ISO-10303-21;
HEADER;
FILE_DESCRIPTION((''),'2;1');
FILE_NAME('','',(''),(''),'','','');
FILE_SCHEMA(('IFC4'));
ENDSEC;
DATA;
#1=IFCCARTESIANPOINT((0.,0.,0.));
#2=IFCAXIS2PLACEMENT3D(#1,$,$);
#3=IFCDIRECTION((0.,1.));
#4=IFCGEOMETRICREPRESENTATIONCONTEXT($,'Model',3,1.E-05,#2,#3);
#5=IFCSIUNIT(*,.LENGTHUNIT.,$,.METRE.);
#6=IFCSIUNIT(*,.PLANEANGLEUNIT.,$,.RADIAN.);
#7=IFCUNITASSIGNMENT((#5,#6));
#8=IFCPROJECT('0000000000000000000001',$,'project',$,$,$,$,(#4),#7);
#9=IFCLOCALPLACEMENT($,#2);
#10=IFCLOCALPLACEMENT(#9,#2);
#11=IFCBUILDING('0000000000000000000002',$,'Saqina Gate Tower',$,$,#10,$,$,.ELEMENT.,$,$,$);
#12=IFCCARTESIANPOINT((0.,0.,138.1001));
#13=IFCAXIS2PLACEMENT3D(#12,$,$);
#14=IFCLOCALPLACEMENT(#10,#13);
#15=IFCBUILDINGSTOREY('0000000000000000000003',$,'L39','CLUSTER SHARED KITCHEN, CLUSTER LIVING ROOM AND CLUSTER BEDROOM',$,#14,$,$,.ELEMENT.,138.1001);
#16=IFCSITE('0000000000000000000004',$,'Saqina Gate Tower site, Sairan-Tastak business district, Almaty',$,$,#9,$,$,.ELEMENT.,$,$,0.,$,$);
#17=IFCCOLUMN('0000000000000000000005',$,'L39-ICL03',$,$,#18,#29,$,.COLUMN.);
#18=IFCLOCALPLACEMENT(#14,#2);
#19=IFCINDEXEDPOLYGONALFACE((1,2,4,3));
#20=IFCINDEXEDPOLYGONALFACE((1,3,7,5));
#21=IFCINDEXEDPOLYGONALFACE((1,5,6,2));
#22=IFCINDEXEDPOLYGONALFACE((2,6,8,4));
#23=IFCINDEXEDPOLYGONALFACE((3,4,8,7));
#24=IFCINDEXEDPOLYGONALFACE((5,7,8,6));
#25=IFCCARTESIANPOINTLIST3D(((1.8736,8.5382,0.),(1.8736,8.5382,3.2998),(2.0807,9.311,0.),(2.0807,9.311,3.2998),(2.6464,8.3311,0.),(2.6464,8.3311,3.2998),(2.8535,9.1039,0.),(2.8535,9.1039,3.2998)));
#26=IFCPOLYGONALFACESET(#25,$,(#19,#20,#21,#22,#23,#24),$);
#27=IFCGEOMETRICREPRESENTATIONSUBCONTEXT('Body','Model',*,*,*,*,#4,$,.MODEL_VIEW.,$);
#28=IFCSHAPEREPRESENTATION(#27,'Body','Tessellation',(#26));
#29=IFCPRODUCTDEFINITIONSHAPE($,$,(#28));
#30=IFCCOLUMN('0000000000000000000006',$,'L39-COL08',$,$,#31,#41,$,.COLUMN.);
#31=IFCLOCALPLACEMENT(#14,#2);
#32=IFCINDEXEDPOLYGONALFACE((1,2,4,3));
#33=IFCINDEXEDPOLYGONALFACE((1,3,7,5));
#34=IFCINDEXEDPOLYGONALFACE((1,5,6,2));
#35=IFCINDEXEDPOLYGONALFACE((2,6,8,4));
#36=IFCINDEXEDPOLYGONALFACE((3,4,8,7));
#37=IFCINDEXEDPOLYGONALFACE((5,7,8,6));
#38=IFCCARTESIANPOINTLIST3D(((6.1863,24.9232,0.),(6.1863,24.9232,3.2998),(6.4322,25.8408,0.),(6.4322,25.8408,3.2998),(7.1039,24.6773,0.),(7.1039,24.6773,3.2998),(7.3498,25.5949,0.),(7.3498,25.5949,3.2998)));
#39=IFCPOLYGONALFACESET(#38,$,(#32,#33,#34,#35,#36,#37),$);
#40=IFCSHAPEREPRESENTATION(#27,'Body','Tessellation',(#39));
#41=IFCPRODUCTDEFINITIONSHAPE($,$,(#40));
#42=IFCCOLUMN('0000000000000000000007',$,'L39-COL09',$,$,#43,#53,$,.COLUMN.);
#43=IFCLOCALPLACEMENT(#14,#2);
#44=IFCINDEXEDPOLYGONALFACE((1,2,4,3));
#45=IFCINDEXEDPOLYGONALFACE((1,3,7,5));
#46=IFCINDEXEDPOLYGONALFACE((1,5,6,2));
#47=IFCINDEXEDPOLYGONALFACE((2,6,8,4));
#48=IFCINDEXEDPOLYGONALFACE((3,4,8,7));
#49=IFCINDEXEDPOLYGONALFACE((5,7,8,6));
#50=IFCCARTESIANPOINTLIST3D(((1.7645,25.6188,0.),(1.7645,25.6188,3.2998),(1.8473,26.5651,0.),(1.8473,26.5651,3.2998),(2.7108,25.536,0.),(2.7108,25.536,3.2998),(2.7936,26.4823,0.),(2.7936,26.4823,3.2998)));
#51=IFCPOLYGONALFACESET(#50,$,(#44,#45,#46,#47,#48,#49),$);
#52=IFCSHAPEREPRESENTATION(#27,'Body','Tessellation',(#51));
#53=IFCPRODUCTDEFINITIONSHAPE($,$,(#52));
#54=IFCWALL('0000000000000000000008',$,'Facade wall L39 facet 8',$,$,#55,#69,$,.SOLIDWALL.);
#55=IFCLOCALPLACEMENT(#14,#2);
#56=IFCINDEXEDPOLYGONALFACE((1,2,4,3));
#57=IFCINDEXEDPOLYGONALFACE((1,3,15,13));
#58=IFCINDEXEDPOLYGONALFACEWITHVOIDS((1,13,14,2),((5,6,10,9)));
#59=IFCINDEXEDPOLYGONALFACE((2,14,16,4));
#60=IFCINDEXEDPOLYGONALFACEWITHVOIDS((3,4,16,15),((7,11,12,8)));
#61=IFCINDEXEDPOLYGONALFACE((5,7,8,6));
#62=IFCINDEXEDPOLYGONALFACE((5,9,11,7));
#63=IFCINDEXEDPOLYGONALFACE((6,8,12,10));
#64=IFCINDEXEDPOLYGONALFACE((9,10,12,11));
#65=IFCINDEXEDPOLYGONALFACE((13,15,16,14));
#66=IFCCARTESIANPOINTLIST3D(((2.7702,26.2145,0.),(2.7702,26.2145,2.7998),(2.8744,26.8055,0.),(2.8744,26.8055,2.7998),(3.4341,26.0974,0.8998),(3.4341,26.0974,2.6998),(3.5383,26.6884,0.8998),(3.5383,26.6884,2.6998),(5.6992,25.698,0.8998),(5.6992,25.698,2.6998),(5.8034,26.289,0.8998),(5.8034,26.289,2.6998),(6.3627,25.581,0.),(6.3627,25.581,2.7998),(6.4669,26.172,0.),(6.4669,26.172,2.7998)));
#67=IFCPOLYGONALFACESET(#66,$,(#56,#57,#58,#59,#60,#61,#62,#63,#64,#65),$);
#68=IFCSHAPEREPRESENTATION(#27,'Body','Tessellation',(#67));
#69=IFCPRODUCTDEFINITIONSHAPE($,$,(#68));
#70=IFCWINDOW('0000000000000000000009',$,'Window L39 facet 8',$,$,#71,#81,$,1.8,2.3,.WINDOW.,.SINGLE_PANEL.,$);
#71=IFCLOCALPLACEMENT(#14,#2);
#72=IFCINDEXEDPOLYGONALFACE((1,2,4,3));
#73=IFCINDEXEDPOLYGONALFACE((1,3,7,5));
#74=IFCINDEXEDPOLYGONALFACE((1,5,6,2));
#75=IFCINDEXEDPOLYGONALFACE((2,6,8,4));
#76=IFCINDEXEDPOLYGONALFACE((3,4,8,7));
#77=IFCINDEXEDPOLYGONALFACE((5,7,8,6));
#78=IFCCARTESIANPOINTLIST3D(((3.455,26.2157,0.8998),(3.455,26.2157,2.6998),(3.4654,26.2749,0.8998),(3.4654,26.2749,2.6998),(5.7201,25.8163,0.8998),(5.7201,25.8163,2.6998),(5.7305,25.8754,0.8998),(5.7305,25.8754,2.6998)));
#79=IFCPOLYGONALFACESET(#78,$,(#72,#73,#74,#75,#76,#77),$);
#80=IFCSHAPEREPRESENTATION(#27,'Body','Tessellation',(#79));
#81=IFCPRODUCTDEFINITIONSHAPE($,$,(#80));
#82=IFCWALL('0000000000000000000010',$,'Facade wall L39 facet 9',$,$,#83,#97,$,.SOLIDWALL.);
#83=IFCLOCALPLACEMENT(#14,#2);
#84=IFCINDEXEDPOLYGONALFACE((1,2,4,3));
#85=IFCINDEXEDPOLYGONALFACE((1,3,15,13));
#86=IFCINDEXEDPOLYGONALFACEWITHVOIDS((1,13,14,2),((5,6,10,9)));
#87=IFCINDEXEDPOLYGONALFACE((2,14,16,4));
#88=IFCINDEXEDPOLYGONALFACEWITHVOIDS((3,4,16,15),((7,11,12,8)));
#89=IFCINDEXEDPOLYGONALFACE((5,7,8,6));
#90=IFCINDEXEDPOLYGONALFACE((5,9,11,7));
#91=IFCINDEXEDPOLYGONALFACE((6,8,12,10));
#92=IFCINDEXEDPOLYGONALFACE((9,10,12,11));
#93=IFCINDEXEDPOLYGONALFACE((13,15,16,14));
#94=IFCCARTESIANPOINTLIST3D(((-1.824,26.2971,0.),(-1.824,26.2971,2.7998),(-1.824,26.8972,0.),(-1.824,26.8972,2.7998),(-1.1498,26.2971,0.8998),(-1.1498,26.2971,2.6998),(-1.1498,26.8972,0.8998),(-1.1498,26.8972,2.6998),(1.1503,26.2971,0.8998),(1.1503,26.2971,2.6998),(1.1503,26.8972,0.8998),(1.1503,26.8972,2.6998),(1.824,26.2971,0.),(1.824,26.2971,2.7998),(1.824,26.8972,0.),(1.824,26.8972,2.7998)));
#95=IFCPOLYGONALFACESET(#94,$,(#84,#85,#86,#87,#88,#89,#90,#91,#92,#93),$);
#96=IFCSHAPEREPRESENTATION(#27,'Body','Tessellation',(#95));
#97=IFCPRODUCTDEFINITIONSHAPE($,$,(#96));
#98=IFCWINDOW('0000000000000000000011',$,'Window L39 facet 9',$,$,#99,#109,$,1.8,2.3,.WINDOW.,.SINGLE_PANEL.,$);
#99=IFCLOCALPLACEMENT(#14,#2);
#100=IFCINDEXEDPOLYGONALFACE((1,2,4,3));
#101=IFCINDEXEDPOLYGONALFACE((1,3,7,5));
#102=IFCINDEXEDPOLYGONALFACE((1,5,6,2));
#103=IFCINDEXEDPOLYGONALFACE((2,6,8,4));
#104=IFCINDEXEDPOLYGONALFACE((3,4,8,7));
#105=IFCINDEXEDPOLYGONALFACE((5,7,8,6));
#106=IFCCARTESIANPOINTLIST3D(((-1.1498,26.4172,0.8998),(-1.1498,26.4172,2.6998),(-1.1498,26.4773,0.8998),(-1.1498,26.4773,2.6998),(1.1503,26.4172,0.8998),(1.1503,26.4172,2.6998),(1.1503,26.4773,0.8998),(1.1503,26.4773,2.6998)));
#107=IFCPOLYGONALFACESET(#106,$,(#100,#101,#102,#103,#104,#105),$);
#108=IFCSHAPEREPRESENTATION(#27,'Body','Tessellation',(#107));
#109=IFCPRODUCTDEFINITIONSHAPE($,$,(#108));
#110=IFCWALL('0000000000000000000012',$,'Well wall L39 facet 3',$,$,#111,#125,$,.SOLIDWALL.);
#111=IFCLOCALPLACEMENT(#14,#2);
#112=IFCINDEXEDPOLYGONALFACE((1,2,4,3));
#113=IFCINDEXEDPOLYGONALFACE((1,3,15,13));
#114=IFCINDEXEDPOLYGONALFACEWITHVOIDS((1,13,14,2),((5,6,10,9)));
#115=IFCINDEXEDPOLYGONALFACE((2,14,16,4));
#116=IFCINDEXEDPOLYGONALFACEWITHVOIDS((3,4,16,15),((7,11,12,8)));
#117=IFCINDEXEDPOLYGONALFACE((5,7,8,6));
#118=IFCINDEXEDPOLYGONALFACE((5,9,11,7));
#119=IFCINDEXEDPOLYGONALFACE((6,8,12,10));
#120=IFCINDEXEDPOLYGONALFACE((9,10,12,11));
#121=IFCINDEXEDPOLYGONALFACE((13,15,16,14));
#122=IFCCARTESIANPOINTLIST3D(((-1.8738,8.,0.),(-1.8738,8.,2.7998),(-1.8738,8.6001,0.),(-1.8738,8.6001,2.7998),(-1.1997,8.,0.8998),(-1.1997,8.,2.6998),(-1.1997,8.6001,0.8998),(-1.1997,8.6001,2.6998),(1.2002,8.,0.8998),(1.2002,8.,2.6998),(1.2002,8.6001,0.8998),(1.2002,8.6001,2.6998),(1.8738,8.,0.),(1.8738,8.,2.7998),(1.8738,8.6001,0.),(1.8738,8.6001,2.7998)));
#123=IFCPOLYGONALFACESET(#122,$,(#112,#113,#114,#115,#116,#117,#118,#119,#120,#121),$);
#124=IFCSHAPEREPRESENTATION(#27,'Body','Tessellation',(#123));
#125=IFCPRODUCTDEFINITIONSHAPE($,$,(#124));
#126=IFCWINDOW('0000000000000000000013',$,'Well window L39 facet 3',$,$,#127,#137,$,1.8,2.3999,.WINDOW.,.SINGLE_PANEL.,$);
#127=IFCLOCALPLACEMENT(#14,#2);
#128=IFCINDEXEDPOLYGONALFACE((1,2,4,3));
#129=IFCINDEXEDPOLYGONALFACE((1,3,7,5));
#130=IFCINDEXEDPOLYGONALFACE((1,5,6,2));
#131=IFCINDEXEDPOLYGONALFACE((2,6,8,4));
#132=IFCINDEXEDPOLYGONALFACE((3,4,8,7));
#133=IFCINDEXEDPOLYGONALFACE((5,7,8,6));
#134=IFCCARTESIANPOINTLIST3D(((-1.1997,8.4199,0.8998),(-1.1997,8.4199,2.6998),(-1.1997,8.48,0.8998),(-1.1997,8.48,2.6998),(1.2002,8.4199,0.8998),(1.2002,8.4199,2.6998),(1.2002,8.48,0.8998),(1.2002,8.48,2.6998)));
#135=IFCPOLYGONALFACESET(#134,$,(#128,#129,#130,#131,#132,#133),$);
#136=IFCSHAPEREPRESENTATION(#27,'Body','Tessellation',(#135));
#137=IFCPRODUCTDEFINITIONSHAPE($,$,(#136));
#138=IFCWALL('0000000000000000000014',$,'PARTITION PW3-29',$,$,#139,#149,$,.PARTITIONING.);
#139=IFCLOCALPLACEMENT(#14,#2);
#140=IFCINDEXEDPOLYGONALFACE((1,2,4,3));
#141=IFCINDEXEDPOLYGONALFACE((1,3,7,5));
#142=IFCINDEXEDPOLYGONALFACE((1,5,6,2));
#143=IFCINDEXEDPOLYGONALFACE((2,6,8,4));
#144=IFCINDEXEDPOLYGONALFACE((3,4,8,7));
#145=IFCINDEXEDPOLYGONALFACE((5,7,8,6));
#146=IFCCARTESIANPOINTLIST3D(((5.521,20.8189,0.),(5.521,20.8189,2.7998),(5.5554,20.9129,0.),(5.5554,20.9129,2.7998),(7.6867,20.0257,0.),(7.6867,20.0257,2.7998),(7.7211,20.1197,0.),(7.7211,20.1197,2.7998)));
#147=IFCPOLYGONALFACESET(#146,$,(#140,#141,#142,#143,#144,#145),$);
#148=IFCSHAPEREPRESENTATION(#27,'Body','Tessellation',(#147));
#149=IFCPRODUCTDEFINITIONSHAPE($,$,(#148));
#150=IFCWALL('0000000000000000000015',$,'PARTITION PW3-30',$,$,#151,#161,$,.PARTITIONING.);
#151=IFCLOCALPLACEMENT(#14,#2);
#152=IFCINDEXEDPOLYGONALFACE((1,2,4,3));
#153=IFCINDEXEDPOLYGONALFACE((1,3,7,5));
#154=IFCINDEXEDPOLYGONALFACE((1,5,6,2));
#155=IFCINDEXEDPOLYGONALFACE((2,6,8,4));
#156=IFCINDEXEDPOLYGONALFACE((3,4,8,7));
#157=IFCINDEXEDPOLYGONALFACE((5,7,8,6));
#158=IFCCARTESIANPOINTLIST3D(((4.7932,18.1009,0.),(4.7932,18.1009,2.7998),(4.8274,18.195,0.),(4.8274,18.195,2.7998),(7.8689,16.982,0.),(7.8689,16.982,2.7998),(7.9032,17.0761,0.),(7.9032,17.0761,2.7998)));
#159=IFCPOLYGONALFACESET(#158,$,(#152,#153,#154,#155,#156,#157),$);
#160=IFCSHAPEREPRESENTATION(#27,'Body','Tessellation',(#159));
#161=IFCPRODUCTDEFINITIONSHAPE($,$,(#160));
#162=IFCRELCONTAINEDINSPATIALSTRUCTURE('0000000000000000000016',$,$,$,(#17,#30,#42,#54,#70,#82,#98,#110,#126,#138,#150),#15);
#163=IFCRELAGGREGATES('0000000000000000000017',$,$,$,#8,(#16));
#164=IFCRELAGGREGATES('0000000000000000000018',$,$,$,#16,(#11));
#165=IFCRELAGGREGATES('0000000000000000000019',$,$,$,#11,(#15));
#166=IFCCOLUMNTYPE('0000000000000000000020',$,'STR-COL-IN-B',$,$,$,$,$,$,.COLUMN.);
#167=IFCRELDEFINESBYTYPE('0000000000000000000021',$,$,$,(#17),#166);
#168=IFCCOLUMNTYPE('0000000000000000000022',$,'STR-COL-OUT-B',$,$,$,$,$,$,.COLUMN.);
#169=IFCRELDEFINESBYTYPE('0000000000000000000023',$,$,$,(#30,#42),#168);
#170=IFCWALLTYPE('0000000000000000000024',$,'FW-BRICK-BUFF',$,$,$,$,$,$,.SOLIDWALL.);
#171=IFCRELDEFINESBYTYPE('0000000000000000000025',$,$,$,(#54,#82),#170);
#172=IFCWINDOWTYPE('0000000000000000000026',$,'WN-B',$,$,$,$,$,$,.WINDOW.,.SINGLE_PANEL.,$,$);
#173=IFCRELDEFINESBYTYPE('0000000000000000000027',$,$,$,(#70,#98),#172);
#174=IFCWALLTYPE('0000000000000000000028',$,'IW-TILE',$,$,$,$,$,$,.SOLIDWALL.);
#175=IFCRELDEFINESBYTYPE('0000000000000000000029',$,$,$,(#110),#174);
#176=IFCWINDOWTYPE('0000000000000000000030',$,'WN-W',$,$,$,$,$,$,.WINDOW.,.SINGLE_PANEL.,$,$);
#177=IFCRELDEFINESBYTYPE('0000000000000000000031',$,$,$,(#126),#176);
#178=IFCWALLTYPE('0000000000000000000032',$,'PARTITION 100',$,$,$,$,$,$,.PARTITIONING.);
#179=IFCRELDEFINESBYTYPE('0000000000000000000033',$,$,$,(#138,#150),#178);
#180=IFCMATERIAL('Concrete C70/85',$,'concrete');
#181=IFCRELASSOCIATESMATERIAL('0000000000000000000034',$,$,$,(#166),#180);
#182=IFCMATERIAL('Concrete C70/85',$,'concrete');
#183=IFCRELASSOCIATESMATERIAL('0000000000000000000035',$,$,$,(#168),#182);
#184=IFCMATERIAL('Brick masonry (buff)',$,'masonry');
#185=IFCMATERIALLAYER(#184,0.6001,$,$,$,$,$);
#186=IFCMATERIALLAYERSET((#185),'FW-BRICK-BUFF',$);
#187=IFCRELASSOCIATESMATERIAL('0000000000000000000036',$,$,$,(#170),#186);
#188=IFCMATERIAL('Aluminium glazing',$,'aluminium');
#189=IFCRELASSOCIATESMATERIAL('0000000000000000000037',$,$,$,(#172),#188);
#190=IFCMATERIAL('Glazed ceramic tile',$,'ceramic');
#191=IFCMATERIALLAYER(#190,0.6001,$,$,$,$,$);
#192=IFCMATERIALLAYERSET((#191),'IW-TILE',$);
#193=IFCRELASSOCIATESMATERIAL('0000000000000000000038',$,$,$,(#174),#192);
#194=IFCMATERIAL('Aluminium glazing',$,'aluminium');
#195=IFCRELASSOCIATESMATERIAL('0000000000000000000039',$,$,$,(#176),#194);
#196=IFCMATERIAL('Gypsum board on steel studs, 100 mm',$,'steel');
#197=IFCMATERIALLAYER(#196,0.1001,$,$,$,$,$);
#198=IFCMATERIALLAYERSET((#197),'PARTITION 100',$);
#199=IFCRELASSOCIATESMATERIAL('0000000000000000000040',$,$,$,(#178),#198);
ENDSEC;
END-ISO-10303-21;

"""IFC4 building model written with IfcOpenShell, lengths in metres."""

from ifc_helpers import new_model, si_unit, direction, frame, frame_2d, origin, origin_2d, place, context, subcontext, project, spatial, rectangle, extrude, material, layer, layer_set, material_profile, profile_set, type_object, element, fill, save


model = new_model("IFC4")

# Units and contexts
model_context = context("Model", 3, precision=1e-05, world=origin(), true_north=direction((0.0, 1.0)))
body_context = subcontext(model_context, "Body", "Model", "MODEL_VIEW")
ifc_project = project(units=[si_unit("LENGTHUNIT", "METRE"), si_unit("PLANEANGLEUNIT", "RADIAN")], contexts=[model_context])

# Site, building, storey
site_placement = place(None, origin())
site = spatial("IfcSite", under=ifc_project, at=site_placement, Name="Saqina Gate Tower site, Sairan-Tastak business district, Almaty", CompositionType="ELEMENT", RefElevation=0.0)
building_placement = place(site_placement, origin())
building = spatial("IfcBuilding", under=site, at=building_placement, Name="Saqina Gate Tower", CompositionType="ELEMENT")
storey_placement = place(building_placement, frame((0.0, 0.0, 138.1001)))
storey = spatial("IfcBuildingStorey", under=building, at=storey_placement, Name="L39", Description="CLUSTER SHARED KITCHEN, CLUSTER LIVING ROOM AND CLUSTER BEDROOM", CompositionType="ELEMENT", Elevation=138.1001)

# Columns
ifc_material_1 = material(Name="Concrete C70/85", Category="concrete")
ifc_material_profile_1 = material_profile(ifc_material_1, rectangle(XDim=0.8, YDim=0.8, at=origin_2d()), Name="RC 800x800")
ifc_profile_set_1 = profile_set([ifc_material_profile_1], Name="Concrete C70/85")
column_type_1 = type_object("IfcColumnType", Name="STR-COL-IN-B", PredefinedType="COLUMN", material=ifc_profile_set_1)
column_placement = place(storey_placement, frame((2.3635, 8.821, 0.0), z_axis=(0.0, 0.0, 1.0), x_axis=(0.258819, 0.965926, 0.0)))
element("IfcColumn", 1, at=column_placement, inside=storey, type_object=column_type_1, Name="L39-ICL03", PredefinedType="COLUMN", context=body_context, shape_type="SweptSolid", body=[
    extrude(rectangle(XDim=0.8, YDim=0.8, at=origin_2d()), origin(), (0.0, 0.0, 1.0), 3.2998),
])
ifc_material_2 = material(Name="Concrete C70/85", Category="concrete")
ifc_material_profile_2 = material_profile(ifc_material_2, rectangle(XDim=0.95, YDim=0.95, at=origin_2d()), Name="RC 950x950")
ifc_profile_set_2 = profile_set([ifc_material_profile_2], Name="Concrete C70/85")
column_type_2 = type_object("IfcColumnType", Name="STR-COL-OUT-B", PredefinedType="COLUMN", material=ifc_profile_set_2)
for number, where, z_axis, x_axis, name in (
    (2, (6.7681, 25.259, 0.0), (0.0, 0.0, 1.0), (0.258819, 0.965926, 0.0), "L39-COL08"),
    (3, (2.2791, 26.0505, 0.0), (0.0, 0.0, 1.0), (0.087156, 0.996195, 0.0), "L39-COL09"),
):
    element("IfcColumn", number, at=place(storey_placement, frame(where, z_axis=z_axis, x_axis=x_axis)), inside=storey, type_object=column_type_2, Name=name, PredefinedType="COLUMN", context=body_context, shape_type="SweptSolid", body=[
        extrude(rectangle(XDim=0.95, YDim=0.95, at=origin_2d()), origin(), (0.0, 0.0, 1.0), 3.2998),
    ])

# Walls, openings, windows
ifc_material_3 = material(Name="Brick masonry (buff)", Category="masonry")
ifc_layer_1 = layer(ifc_material_3, 0.6001)
ifc_layer_set_1 = layer_set([ifc_layer_1], Name="FW-BRICK-BUFF")
wall_type_1 = type_object("IfcWallType", Name="FW-BRICK-BUFF", PredefinedType="SOLIDWALL", material=ifc_layer_set_1)
wall_1_placement = place(storey_placement, frame((6.4148, 25.8765, 0.0), z_axis=(0.0, 0.0, 1.0), x_axis=(-0.984804, 0.173671, 0.0)))
wall_1 = element("IfcWall", 4, at=wall_1_placement, inside=storey, type_object=wall_type_1, Name="Facade wall L39 facet 8", PredefinedType="SOLIDWALL", context=body_context, shape_type="SweptSolid", body=[
    extrude(rectangle(XDim=3.6479, YDim=0.6001, at=frame_2d((1.824, 0.0))), origin(), (0.0, 0.0, 1.0), 2.7998),
])
opening_1_placement = place(wall_1_placement, frame((0.6738, 0.0, 0.8999)))
opening_1 = element("IfcOpeningElement", 5, at=opening_1_placement, cuts=wall_1, PredefinedType="OPENING", context=body_context, shape_type="SweptSolid", body=[
    extrude(rectangle(XDim=2.3, YDim=1.8, at=frame_2d((1.1499, 0.8999))), frame((0.0, 0.312, 0.0), z_axis=(0.0, -1.0, 0.0), x_axis=(1.0, 0.0, 0.0)), (0.0, 0.0, 1.0), 0.624),
])
ifc_material_4 = material(Name="Aluminium glazing", Category="aluminium")
window_type_1 = type_object("IfcWindowType", Name="WN-B", PartitioningType="SINGLE_PANEL", PredefinedType="WINDOW", material=ifc_material_4)
window_1_placement = place(opening_1_placement, origin())
window_1 = element("IfcWindow", 6, at=window_1_placement, inside=storey, type_object=window_type_1, Name="Window L39 facet 8", OverallHeight=1.8, OverallWidth=2.3, PartitioningType="SINGLE_PANEL", PredefinedType="WINDOW", context=body_context, shape_type="SweptSolid", body=[
    extrude(rectangle(XDim=2.3, YDim=1.8, at=frame_2d((1.1499, 0.8999))), frame((0.0, 0.1799, 0.0), z_axis=(0.0, -1.0, 0.0), x_axis=(1.0, 0.0, 0.0)), (0.0, 0.0, 1.0), 0.0601),
])
fill(opening_1, window_1)
wall_2_placement = place(storey_placement, frame((1.824, 26.5972, 0.0), z_axis=(0.0, 0.0, 1.0), x_axis=(-1.0, 0.0, 0.0)))
wall_2 = element("IfcWall", 7, at=wall_2_placement, inside=storey, type_object=wall_type_1, Name="Facade wall L39 facet 9", PredefinedType="SOLIDWALL", context=body_context, shape_type="SweptSolid", body=[
    extrude(rectangle(XDim=3.6479, YDim=0.6001, at=frame_2d((1.824, 0.0))), origin(), (0.0, 0.0, 1.0), 2.7998),
])
opening_2_placement = place(wall_2_placement, frame((0.6738, 0.0, 0.8999)))
opening_2 = element("IfcOpeningElement", 8, at=opening_2_placement, cuts=wall_2, PredefinedType="OPENING", context=body_context, shape_type="SweptSolid", body=[
    extrude(rectangle(XDim=2.3, YDim=1.8, at=frame_2d((1.1499, 0.8999))), frame((0.0, 0.312, 0.0), z_axis=(0.0, -1.0, 0.0), x_axis=(1.0, 0.0, 0.0)), (0.0, 0.0, 1.0), 0.624),
])
window_2_placement = place(opening_2_placement, origin())
window_2 = element("IfcWindow", 9, at=window_2_placement, inside=storey, type_object=window_type_1, Name="Window L39 facet 9", OverallHeight=1.8, OverallWidth=2.3, PartitioningType="SINGLE_PANEL", PredefinedType="WINDOW", context=body_context, shape_type="SweptSolid", body=[
    extrude(rectangle(XDim=2.3, YDim=1.8, at=frame_2d((1.1499, 0.8999))), frame((0.0, 0.1799, 0.0), z_axis=(0.0, -1.0, 0.0), x_axis=(1.0, 0.0, 0.0)), (0.0, 0.0, 1.0), 0.0601),
])
fill(opening_2, window_2)
ifc_material_5 = material(Name="Glazed ceramic tile", Category="ceramic")
ifc_layer_2 = layer(ifc_material_5, 0.6001)
ifc_layer_set_2 = layer_set([ifc_layer_2], Name="IW-TILE")
wall_type_2 = type_object("IfcWallType", Name="IW-TILE", PredefinedType="SOLIDWALL", material=ifc_layer_set_2)
wall_3_placement = place(storey_placement, frame((1.8738, 8.3, 0.0), z_axis=(0.0, 0.0, 1.0), x_axis=(-1.0, 0.0, 0.0)))
wall_3 = element("IfcWall", 10, at=wall_3_placement, inside=storey, type_object=wall_type_2, Name="Well wall L39 facet 3", PredefinedType="SOLIDWALL", context=body_context, shape_type="SweptSolid", body=[
    extrude(rectangle(XDim=3.7476, YDim=0.6001, at=frame_2d((1.8738, 0.0))), origin(), (0.0, 0.0, 1.0), 2.7998),
])
opening_3_placement = place(wall_3_placement, frame((0.6736, 0.0, 0.8999)))
opening_3 = element("IfcOpeningElement", 11, at=opening_3_placement, cuts=wall_3, PredefinedType="OPENING", context=body_context, shape_type="SweptSolid", body=[
    extrude(rectangle(XDim=2.3999, YDim=1.8, at=frame_2d((1.2, 0.8999))), frame((0.0, 0.312, 0.0), z_axis=(0.0, -1.0, 0.0), x_axis=(1.0, 0.0, 0.0)), (0.0, 0.0, 1.0), 0.624),
])
ifc_material_6 = material(Name="Aluminium glazing", Category="aluminium")
window_type_2 = type_object("IfcWindowType", Name="WN-W", PartitioningType="SINGLE_PANEL", PredefinedType="WINDOW", material=ifc_material_6)
window_3_placement = place(opening_3_placement, origin())
window_3 = element("IfcWindow", 12, at=window_3_placement, inside=storey, type_object=window_type_2, Name="Well window L39 facet 3", OverallHeight=1.8, OverallWidth=2.3999, PartitioningType="SINGLE_PANEL", PredefinedType="WINDOW", context=body_context, shape_type="SweptSolid", body=[
    extrude(rectangle(XDim=2.3999, YDim=1.8, at=frame_2d((1.2, 0.8999))), frame((0.0, -0.1199, 0.0), z_axis=(0.0, -1.0, 0.0), x_axis=(1.0, 0.0, 0.0)), (0.0, 0.0, 1.0), 0.0601),
])
fill(opening_3, window_3)

# Walls
ifc_material_7 = material(Name="Gypsum board on steel studs, 100 mm", Category="steel")
ifc_layer_3 = layer(ifc_material_7, 0.1001)
ifc_layer_set_3 = layer_set([ifc_layer_3], Name="PARTITION 100")
wall_type_3 = type_object("IfcWallType", Name="PARTITION 100", PredefinedType="PARTITIONING", material=ifc_layer_set_3)
wall_4_placement = place(storey_placement, frame((5.5381, 20.866, 0.0), z_axis=(0.0, 0.0, 1.0), x_axis=(0.939003, -0.343909, 0.0)))
element("IfcWall", 13, at=wall_4_placement, inside=storey, type_object=wall_type_3, Name="PARTITION PW3-29", PredefinedType="PARTITIONING", context=body_context, shape_type="SweptSolid", body=[
    extrude(rectangle(XDim=2.3064, YDim=0.1001, at=frame_2d((1.1533, 0.0))), origin(), (0.0, 0.0, 1.0), 2.7998),
])
wall_5_placement = place(storey_placement, frame((4.8103, 18.1479, 0.0), z_axis=(0.0, 0.0, 1.0), x_axis=(0.939748, -0.341869, 0.0)))
element("IfcWall", 14, at=wall_5_placement, inside=storey, type_object=wall_type_3, Name="PARTITION PW3-30", PredefinedType="PARTITIONING", context=body_context, shape_type="SweptSolid", body=[
    extrude(rectangle(XDim=3.2729, YDim=0.1001, at=frame_2d((1.6365, 0.0))), origin(), (0.0, 0.0, 1.0), 2.7998),
])

save(model, "model.ifc")
